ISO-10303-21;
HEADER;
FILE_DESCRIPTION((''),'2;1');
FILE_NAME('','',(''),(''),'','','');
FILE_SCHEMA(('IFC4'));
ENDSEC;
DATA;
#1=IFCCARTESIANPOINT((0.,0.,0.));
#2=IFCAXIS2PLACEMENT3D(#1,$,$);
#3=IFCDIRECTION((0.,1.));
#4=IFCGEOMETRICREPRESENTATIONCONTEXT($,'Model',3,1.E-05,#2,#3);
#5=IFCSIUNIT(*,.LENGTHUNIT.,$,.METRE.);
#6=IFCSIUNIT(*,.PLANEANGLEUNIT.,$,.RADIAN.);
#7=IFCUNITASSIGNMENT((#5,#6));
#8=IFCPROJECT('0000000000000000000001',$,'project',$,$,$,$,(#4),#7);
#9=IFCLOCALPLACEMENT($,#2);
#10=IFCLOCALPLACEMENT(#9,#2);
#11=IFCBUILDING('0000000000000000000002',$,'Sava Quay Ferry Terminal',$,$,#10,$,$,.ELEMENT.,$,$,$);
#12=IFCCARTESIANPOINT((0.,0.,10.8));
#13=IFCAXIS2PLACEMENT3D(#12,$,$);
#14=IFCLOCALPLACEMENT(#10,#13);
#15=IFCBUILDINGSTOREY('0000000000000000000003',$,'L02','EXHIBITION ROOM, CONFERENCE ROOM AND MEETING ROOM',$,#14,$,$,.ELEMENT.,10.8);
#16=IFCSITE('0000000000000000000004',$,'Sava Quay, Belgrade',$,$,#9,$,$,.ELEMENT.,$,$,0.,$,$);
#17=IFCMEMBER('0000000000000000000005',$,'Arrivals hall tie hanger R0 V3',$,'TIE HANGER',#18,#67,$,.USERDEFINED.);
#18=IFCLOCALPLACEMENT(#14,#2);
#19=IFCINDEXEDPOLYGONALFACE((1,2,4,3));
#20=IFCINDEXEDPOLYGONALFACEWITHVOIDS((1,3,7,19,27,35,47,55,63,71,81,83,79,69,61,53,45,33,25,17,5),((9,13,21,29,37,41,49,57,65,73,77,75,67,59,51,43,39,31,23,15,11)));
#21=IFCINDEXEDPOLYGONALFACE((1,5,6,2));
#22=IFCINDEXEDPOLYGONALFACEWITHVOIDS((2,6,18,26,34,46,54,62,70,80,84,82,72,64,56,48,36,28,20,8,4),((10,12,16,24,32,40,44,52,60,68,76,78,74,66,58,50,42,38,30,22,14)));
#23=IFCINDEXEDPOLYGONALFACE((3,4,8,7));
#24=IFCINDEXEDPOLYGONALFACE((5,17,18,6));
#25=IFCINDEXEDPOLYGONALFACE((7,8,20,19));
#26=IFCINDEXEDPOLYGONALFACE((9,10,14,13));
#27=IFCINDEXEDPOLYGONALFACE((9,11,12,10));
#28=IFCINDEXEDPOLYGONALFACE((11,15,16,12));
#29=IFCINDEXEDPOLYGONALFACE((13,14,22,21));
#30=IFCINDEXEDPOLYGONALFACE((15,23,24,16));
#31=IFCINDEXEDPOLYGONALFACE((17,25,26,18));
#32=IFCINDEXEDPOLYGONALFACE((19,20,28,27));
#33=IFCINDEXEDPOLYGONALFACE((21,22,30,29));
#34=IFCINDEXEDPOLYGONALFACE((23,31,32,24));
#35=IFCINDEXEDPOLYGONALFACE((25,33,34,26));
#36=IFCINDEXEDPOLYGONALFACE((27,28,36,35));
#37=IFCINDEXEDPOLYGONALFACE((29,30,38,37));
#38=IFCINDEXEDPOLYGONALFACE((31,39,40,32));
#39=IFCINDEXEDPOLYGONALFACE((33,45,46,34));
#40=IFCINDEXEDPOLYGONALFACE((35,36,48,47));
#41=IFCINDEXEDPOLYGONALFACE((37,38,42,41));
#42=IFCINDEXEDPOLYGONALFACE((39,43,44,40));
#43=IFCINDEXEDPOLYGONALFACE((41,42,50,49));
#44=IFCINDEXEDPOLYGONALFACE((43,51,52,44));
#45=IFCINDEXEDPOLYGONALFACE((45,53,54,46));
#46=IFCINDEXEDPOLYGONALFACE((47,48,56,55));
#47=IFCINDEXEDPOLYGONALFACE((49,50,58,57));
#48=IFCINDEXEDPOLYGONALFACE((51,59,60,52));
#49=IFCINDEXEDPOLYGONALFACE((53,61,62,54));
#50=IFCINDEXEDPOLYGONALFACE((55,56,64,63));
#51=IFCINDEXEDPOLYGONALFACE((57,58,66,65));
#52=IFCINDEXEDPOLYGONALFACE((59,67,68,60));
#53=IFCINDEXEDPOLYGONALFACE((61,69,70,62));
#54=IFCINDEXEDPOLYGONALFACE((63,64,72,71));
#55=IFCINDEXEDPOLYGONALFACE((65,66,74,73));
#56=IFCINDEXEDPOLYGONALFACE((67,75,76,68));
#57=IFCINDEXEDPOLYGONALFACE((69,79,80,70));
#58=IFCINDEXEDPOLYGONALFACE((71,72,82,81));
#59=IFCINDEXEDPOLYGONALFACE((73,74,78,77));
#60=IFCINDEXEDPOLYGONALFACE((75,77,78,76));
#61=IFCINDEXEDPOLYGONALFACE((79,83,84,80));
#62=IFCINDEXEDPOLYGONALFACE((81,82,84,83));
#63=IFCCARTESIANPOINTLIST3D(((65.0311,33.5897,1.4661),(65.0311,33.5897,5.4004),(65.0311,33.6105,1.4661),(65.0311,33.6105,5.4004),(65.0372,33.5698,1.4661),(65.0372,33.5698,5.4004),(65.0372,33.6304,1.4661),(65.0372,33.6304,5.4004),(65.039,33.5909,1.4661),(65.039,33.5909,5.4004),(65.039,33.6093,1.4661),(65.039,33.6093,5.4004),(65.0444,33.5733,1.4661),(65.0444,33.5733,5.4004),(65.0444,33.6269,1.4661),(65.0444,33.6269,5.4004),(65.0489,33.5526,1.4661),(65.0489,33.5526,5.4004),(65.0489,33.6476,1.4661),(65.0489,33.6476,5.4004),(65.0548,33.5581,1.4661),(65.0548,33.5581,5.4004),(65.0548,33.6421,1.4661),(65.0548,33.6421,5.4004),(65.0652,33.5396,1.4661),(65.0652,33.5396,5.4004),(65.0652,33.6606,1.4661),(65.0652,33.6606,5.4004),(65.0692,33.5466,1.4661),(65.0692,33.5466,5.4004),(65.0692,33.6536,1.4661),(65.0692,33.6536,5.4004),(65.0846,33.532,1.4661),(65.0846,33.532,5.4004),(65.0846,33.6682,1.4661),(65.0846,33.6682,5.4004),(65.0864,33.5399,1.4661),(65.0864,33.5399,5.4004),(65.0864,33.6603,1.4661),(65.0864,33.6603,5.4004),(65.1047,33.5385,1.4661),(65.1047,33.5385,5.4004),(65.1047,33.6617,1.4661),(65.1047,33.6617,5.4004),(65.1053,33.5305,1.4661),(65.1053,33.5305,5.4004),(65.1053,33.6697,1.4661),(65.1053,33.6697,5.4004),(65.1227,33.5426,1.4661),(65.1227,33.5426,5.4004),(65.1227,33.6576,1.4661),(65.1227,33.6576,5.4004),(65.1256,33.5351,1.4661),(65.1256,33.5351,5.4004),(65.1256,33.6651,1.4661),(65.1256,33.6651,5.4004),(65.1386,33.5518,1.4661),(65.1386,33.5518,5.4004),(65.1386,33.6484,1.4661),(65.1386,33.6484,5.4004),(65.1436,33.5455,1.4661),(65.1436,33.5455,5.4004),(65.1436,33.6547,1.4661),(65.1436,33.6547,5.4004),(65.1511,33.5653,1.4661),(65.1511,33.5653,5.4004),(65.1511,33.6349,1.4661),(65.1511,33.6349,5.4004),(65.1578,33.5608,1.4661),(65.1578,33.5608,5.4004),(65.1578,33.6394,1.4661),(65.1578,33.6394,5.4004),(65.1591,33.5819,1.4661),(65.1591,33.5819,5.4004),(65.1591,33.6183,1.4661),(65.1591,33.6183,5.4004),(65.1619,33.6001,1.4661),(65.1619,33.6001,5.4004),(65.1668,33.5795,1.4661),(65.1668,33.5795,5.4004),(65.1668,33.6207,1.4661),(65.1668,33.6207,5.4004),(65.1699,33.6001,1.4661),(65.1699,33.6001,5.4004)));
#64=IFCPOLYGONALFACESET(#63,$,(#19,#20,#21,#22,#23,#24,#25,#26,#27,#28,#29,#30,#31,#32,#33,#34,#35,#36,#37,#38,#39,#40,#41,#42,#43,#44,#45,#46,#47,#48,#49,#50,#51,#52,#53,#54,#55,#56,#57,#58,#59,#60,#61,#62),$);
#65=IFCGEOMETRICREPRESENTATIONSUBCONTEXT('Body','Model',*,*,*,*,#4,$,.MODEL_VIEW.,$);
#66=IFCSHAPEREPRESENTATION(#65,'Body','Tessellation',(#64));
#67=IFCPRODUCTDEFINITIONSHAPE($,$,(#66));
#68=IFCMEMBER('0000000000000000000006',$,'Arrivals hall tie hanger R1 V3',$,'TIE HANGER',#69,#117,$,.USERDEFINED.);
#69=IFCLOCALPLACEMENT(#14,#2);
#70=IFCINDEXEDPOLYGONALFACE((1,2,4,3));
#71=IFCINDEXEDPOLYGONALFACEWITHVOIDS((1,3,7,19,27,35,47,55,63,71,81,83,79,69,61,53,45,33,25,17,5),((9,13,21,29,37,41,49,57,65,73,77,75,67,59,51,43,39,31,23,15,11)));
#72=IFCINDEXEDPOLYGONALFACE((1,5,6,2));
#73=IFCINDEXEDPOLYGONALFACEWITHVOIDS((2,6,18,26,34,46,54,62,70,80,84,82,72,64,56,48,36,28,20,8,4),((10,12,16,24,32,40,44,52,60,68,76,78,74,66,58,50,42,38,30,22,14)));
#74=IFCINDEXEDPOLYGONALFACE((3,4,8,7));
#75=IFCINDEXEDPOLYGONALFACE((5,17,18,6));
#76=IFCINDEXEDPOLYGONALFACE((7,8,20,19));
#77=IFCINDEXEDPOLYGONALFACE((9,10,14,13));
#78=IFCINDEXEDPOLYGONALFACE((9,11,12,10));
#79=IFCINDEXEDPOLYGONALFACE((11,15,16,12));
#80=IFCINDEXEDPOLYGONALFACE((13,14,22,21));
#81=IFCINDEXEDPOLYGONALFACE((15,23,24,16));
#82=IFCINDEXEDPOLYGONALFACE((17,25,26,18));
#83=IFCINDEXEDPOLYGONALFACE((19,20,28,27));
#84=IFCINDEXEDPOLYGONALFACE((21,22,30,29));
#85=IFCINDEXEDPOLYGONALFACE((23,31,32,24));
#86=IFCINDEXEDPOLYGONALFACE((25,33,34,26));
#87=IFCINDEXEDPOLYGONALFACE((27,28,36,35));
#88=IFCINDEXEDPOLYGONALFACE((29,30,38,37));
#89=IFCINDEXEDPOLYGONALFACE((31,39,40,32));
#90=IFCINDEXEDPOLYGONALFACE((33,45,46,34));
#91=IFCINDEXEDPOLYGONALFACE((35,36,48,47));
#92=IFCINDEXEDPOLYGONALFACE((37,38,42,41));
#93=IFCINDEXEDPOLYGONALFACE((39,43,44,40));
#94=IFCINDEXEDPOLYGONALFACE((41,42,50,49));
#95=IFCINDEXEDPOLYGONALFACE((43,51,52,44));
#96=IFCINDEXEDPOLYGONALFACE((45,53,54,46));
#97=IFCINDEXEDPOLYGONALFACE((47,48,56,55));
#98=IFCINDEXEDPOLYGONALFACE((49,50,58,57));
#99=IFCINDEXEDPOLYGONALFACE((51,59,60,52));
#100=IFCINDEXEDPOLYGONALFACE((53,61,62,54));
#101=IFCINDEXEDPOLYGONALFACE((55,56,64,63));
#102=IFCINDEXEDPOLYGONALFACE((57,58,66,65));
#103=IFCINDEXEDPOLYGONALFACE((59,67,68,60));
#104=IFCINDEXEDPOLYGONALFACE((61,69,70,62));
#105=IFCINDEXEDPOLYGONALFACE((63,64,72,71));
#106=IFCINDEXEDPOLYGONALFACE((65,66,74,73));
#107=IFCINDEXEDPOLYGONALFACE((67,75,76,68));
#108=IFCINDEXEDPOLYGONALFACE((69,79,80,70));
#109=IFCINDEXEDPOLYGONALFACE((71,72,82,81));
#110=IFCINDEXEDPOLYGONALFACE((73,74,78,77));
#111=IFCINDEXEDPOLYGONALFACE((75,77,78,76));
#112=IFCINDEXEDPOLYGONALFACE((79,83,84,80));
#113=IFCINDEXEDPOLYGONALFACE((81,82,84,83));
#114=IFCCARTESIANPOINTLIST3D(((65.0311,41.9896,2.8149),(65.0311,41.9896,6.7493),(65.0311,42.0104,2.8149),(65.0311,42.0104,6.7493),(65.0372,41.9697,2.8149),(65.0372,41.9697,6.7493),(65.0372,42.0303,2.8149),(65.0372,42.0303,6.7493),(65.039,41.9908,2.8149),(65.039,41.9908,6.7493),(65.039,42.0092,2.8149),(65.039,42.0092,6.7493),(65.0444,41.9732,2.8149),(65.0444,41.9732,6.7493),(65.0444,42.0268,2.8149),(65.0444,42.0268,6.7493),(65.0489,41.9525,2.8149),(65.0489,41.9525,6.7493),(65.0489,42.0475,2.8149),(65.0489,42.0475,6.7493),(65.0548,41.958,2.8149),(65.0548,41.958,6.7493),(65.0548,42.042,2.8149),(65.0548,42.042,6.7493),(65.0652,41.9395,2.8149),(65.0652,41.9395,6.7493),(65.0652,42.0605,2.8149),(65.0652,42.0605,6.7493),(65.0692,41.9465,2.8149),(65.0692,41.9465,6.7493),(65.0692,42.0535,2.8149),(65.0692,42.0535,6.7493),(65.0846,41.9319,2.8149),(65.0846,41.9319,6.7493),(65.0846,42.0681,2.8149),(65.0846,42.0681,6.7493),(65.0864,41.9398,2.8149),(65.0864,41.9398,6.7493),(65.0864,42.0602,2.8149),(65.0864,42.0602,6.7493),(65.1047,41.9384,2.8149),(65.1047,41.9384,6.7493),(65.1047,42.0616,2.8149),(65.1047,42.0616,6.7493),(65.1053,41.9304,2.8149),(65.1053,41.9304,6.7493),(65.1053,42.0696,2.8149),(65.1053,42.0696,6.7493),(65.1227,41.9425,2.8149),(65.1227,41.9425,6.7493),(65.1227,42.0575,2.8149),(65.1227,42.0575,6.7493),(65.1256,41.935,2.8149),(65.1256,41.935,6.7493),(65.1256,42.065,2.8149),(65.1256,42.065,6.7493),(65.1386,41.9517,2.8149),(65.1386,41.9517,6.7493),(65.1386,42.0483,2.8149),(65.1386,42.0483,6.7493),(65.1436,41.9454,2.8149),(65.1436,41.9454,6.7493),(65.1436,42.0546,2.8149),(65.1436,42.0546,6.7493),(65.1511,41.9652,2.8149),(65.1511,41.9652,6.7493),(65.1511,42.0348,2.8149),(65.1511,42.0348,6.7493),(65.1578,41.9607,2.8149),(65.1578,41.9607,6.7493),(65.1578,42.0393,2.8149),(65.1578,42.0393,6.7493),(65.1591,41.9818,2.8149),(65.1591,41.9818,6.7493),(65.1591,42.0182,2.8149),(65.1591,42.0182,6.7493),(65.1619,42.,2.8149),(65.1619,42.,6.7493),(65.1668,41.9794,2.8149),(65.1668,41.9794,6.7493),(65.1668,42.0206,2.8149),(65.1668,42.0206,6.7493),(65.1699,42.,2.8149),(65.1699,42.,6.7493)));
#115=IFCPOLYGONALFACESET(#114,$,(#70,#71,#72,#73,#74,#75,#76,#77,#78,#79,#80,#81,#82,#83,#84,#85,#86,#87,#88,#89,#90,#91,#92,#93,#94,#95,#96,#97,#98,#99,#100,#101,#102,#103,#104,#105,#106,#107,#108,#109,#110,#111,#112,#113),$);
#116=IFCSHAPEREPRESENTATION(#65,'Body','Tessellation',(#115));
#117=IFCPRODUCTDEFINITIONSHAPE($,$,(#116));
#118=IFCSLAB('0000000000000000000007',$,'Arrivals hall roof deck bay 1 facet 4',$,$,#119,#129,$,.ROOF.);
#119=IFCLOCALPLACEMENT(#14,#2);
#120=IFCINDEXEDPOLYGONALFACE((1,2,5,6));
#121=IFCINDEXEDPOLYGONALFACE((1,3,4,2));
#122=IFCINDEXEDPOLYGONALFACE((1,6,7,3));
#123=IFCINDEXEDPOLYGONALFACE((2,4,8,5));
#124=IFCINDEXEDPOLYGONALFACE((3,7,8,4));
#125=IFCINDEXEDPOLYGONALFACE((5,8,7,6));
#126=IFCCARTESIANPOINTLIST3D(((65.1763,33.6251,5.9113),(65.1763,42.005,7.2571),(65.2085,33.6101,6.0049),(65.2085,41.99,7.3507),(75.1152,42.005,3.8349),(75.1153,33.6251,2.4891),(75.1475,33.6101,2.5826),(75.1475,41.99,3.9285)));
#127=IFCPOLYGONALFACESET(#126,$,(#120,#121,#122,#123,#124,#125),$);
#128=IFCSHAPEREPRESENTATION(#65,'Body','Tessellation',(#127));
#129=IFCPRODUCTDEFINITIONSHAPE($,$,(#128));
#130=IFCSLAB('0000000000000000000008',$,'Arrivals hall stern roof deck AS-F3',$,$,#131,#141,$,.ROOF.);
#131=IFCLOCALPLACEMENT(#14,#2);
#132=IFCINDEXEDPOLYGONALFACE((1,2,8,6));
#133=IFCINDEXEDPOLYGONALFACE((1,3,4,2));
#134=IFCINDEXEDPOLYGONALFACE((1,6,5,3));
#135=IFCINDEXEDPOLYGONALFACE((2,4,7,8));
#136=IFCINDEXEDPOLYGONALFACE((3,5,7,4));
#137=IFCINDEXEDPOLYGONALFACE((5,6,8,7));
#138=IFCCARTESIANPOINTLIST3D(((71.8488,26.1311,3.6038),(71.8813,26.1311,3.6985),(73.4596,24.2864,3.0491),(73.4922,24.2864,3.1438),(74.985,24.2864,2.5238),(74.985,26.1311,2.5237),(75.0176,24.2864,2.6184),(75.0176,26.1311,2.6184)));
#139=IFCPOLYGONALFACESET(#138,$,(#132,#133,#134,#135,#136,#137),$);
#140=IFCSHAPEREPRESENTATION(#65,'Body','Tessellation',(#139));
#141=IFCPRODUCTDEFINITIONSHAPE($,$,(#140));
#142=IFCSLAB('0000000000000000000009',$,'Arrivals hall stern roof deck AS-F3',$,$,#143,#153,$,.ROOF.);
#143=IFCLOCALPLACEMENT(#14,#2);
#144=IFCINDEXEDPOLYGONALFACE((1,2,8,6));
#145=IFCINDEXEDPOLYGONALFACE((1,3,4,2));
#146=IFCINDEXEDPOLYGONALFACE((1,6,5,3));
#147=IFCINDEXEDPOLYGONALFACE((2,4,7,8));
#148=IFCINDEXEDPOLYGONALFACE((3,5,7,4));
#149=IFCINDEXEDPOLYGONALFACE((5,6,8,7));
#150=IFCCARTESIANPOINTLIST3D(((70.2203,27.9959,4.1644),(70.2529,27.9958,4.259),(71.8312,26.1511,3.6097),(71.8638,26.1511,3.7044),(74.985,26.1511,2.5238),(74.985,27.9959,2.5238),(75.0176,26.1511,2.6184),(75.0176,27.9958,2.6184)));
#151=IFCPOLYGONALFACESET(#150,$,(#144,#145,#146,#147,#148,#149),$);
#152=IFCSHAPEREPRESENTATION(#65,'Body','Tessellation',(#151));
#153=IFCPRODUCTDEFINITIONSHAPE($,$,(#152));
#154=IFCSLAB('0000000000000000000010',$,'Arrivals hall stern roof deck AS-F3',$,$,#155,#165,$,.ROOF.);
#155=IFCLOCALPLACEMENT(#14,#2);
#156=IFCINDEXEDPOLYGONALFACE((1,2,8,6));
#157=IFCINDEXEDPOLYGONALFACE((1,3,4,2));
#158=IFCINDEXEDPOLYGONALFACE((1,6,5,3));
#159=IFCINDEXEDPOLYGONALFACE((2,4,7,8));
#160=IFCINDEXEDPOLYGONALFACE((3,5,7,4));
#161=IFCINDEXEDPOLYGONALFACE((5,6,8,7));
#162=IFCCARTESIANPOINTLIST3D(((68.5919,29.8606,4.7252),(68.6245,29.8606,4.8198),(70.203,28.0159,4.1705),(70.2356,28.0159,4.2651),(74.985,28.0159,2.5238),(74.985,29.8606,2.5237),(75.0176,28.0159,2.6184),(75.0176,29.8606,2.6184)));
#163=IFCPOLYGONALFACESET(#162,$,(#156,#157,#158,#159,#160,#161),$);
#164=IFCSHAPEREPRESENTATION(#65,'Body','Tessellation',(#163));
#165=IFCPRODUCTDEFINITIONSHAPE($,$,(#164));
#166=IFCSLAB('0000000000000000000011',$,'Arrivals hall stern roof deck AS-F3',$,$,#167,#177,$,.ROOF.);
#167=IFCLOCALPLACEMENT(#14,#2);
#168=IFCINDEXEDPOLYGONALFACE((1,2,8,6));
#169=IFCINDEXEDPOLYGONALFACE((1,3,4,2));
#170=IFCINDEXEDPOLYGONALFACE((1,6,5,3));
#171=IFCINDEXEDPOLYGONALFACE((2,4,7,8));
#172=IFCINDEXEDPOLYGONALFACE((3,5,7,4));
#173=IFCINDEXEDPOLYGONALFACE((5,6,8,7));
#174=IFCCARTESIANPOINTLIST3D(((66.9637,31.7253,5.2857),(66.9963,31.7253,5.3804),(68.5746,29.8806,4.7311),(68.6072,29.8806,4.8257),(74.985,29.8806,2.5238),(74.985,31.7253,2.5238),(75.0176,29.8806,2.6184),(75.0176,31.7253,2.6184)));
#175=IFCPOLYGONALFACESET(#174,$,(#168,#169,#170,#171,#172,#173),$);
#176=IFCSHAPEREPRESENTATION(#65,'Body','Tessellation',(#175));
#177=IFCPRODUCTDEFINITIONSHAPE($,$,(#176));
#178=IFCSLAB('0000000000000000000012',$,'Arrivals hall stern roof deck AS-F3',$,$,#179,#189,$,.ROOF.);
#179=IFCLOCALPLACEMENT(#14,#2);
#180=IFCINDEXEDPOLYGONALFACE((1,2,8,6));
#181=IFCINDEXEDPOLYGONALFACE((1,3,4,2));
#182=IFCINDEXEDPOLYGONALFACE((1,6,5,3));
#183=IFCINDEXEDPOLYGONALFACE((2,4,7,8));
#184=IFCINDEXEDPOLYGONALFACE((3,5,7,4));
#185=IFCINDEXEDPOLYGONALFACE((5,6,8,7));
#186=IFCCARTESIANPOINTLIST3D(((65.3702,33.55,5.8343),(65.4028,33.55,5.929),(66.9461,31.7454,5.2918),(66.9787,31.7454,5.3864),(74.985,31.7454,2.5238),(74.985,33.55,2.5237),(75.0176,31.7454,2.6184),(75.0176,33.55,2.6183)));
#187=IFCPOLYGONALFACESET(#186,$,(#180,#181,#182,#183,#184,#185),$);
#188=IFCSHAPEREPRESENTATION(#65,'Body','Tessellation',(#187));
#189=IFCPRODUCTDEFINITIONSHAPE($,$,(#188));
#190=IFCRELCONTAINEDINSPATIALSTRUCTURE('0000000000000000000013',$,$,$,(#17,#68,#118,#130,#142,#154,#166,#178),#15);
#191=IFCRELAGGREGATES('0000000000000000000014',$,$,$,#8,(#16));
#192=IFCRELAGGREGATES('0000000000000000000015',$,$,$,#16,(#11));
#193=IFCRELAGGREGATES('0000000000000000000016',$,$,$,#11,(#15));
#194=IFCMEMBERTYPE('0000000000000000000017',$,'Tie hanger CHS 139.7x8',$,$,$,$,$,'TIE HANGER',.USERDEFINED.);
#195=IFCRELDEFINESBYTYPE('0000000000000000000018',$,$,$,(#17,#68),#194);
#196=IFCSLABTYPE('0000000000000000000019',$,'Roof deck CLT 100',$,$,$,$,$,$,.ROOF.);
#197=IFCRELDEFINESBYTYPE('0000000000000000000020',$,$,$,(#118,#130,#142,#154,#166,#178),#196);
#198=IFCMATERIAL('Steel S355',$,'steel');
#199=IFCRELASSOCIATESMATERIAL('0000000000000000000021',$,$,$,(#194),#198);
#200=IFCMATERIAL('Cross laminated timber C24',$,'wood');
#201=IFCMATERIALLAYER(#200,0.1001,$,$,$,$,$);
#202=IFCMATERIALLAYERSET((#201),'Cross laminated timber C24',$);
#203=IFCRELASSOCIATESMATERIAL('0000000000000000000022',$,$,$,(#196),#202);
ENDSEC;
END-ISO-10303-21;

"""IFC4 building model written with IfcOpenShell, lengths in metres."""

from ifc_helpers import new_model, si_unit, direction, frame, origin, origin_2d, place, context, subcontext, project, spatial, polyline, hollow_circle, outline, extrude, material, layer, layer_set, material_profile, profile_set, type_object, element, save


model = new_model("IFC4")

# Units and contexts
model_context = context("Model", 3, precision=1e-05, world=origin(), true_north=direction((0.0, 1.0)))
body_context = subcontext(model_context, "Body", "Model", "MODEL_VIEW")
ifc_project = project(units=[si_unit("LENGTHUNIT", "METRE"), si_unit("PLANEANGLEUNIT", "RADIAN")], contexts=[model_context])

# Site, building, storey
site_placement = place(None, origin())
site = spatial("IfcSite", under=ifc_project, at=site_placement, Name="Sava Quay, Belgrade", CompositionType="ELEMENT", RefElevation=0.0)
building_placement = place(site_placement, origin())
building = spatial("IfcBuilding", under=site, at=building_placement, Name="Sava Quay Ferry Terminal", CompositionType="ELEMENT")
storey_placement = place(building_placement, frame((0.0, 0.0, 10.8)))
storey = spatial("IfcBuildingStorey", under=building, at=storey_placement, Name="L02", Description="EXHIBITION ROOM, CONFERENCE ROOM AND MEETING ROOM", CompositionType="ELEMENT", Elevation=10.8)

# Members
ifc_material_1 = material(Name="Steel S355", Category="steel")
ifc_material_profile_1 = material_profile(ifc_material_1, hollow_circle(Radius=0.0698, WallThickness=0.0081, at=origin_2d()), Name="CHS 139.7 x 8.0")
ifc_profile_set_1 = profile_set([ifc_material_profile_1], Name="Steel S355")
member_type_1 = type_object("IfcMemberType", Name="Tie hanger CHS 139.7x8", ElementType="TIE HANGER", PredefinedType="USERDEFINED", material=ifc_profile_set_1)
for number, where, z_axis, x_axis, name in (
    (1, (65.1001, 33.6001, 1.4661), (0.0, 0.0, 1.0), (1.0, 0.0, 0.0), "Arrivals hall tie hanger R0 V3"),
    (2, (65.1001, 42.0, 2.8149), (0.0, 0.0, 1.0), (1.0, 0.0, 0.0), "Arrivals hall tie hanger R1 V3"),
):
    element("IfcMember", number, at=place(storey_placement, frame(where, z_axis=z_axis, x_axis=x_axis)), inside=storey, type_object=member_type_1, Name=name, ObjectType="TIE HANGER", PredefinedType="USERDEFINED", context=body_context, shape_type="SweptSolid", body=[
        extrude(hollow_circle(Radius=0.0698, WallThickness=0.0081, at=origin_2d()), origin(), (0.0, 0.0, 1.0), 3.9343),
    ])

# Slabs
ifc_material_2 = material(Name="Cross laminated timber C24", Category="wood")
ifc_layer_1 = layer(ifc_material_2, 0.1001)
ifc_layer_set_1 = layer_set([ifc_layer_1], Name="Cross laminated timber C24")
slab_type = type_object("IfcSlabType", Name="Roof deck CLT 100", PredefinedType="ROOF", material=ifc_layer_set_1)
slab_1_placement = place(storey_placement, frame((65.2085, 33.6101, 6.0049), z_axis=(0.321877, -0.150131, 0.934803), x_axis=(0.000004, 0.987348, 0.158568)))
element("IfcSlab", 3, at=slab_1_placement, inside=storey, type_object=slab_type, Name="Arrivals hall roof deck bay 1 facet 4", PredefinedType="ROOF", context=body_context, shape_type="SweptSolid", body=[
    extrude(outline(polyline([(0.0, 0.0), (8.4872, 0.0), (7.9446, -10.4976), (-0.5426, -10.4977), (0.0, 0.0)])), origin(), (0.0, 0.0, -1.0), 0.1001),
])
slab_2_placement = place(storey_placement, frame((71.8813, 26.1311, 3.6985), z_axis=(0.325631, 0.000023, 0.945497), x_axis=(0.945497, 0.0, -0.325631)))
element("IfcSlab", 4, at=slab_2_placement, inside=storey, type_object=slab_type, Name="Arrivals hall stern roof deck AS-F3", PredefinedType="ROOF", context=body_context, shape_type="SweptSolid", body=[
    extrude(outline(polyline([(0.0, 0.0), (3.317, 0.0), (3.317, -1.8447), (1.7037, -1.8447), (0.0, 0.0)])), origin(), (0.0, 0.0, -1.0), 0.1001),
])
slab_3_placement = place(storey_placement, frame((70.2529, 27.9958, 4.259), z_axis=(0.32557, -0.000007, 0.945518), x_axis=(0.945518, 0.0, -0.32557)))
element("IfcSlab", 5, at=slab_3_placement, inside=storey, type_object=slab_type, Name="Arrivals hall stern roof deck AS-F3", PredefinedType="ROOF", context=body_context, shape_type="SweptSolid", body=[
    extrude(outline(polyline([(0.0, 0.0), (5.0392, 0.0), (5.0392, -1.8447), (1.7037, -1.8447), (0.0, 0.0)])), origin(), (0.0, 0.0, -1.0), 0.1001),
])
slab_4_placement = place(storey_placement, frame((68.6245, 29.8606, 4.8198), z_axis=(0.325588, 0.000023, 0.945512), x_axis=(0.945512, 0.0, -0.325588)))
element("IfcSlab", 6, at=slab_4_placement, inside=storey, type_object=slab_type, Name="Arrivals hall stern roof deck AS-F3", PredefinedType="ROOF", context=body_context, shape_type="SweptSolid", body=[
    extrude(outline(polyline([(0.0, 0.0), (6.7615, 0.0), (6.7615, -1.8447), (1.7039, -1.8447), (0.0, 0.0)])), origin(), (0.0, 0.0, -1.0), 0.1001),
])
slab_5_placement = place(storey_placement, frame((66.9963, 31.7253, 5.3804), z_axis=(0.32557, -0.000007, 0.945518), x_axis=(0.945518, 0.0, -0.32557)))
element("IfcSlab", 7, at=slab_5_placement, inside=storey, type_object=slab_type, Name="Arrivals hall stern roof deck AS-F3", PredefinedType="ROOF", context=body_context, shape_type="SweptSolid", body=[
    extrude(outline(polyline([(0.0, 0.0), (8.4834, 0.0), (8.4834, -1.8447), (1.7037, -1.8447), (0.0, 0.0)])), origin(), (0.0, 0.0, -1.0), 0.1001),
])
slab_6_placement = place(storey_placement, frame((65.4028, 33.55, 5.929), z_axis=(0.325568, 0.000041, 0.945519), x_axis=(0.945519, 0.0, -0.325568)))
element("IfcSlab", 8, at=slab_6_placement, inside=storey, type_object=slab_type, Name="Arrivals hall stern roof deck AS-F3", PredefinedType="ROOF", context=body_context, shape_type="SweptSolid", body=[
    extrude(outline(polyline([(0.0, 0.0), (10.1687, 0.0), (10.1687, -1.8047), (1.6667, -1.8047), (0.0, 0.0)])), origin(), (0.0, 0.0, -1.0), 0.1001),
])

save(model, "model.ifc")
